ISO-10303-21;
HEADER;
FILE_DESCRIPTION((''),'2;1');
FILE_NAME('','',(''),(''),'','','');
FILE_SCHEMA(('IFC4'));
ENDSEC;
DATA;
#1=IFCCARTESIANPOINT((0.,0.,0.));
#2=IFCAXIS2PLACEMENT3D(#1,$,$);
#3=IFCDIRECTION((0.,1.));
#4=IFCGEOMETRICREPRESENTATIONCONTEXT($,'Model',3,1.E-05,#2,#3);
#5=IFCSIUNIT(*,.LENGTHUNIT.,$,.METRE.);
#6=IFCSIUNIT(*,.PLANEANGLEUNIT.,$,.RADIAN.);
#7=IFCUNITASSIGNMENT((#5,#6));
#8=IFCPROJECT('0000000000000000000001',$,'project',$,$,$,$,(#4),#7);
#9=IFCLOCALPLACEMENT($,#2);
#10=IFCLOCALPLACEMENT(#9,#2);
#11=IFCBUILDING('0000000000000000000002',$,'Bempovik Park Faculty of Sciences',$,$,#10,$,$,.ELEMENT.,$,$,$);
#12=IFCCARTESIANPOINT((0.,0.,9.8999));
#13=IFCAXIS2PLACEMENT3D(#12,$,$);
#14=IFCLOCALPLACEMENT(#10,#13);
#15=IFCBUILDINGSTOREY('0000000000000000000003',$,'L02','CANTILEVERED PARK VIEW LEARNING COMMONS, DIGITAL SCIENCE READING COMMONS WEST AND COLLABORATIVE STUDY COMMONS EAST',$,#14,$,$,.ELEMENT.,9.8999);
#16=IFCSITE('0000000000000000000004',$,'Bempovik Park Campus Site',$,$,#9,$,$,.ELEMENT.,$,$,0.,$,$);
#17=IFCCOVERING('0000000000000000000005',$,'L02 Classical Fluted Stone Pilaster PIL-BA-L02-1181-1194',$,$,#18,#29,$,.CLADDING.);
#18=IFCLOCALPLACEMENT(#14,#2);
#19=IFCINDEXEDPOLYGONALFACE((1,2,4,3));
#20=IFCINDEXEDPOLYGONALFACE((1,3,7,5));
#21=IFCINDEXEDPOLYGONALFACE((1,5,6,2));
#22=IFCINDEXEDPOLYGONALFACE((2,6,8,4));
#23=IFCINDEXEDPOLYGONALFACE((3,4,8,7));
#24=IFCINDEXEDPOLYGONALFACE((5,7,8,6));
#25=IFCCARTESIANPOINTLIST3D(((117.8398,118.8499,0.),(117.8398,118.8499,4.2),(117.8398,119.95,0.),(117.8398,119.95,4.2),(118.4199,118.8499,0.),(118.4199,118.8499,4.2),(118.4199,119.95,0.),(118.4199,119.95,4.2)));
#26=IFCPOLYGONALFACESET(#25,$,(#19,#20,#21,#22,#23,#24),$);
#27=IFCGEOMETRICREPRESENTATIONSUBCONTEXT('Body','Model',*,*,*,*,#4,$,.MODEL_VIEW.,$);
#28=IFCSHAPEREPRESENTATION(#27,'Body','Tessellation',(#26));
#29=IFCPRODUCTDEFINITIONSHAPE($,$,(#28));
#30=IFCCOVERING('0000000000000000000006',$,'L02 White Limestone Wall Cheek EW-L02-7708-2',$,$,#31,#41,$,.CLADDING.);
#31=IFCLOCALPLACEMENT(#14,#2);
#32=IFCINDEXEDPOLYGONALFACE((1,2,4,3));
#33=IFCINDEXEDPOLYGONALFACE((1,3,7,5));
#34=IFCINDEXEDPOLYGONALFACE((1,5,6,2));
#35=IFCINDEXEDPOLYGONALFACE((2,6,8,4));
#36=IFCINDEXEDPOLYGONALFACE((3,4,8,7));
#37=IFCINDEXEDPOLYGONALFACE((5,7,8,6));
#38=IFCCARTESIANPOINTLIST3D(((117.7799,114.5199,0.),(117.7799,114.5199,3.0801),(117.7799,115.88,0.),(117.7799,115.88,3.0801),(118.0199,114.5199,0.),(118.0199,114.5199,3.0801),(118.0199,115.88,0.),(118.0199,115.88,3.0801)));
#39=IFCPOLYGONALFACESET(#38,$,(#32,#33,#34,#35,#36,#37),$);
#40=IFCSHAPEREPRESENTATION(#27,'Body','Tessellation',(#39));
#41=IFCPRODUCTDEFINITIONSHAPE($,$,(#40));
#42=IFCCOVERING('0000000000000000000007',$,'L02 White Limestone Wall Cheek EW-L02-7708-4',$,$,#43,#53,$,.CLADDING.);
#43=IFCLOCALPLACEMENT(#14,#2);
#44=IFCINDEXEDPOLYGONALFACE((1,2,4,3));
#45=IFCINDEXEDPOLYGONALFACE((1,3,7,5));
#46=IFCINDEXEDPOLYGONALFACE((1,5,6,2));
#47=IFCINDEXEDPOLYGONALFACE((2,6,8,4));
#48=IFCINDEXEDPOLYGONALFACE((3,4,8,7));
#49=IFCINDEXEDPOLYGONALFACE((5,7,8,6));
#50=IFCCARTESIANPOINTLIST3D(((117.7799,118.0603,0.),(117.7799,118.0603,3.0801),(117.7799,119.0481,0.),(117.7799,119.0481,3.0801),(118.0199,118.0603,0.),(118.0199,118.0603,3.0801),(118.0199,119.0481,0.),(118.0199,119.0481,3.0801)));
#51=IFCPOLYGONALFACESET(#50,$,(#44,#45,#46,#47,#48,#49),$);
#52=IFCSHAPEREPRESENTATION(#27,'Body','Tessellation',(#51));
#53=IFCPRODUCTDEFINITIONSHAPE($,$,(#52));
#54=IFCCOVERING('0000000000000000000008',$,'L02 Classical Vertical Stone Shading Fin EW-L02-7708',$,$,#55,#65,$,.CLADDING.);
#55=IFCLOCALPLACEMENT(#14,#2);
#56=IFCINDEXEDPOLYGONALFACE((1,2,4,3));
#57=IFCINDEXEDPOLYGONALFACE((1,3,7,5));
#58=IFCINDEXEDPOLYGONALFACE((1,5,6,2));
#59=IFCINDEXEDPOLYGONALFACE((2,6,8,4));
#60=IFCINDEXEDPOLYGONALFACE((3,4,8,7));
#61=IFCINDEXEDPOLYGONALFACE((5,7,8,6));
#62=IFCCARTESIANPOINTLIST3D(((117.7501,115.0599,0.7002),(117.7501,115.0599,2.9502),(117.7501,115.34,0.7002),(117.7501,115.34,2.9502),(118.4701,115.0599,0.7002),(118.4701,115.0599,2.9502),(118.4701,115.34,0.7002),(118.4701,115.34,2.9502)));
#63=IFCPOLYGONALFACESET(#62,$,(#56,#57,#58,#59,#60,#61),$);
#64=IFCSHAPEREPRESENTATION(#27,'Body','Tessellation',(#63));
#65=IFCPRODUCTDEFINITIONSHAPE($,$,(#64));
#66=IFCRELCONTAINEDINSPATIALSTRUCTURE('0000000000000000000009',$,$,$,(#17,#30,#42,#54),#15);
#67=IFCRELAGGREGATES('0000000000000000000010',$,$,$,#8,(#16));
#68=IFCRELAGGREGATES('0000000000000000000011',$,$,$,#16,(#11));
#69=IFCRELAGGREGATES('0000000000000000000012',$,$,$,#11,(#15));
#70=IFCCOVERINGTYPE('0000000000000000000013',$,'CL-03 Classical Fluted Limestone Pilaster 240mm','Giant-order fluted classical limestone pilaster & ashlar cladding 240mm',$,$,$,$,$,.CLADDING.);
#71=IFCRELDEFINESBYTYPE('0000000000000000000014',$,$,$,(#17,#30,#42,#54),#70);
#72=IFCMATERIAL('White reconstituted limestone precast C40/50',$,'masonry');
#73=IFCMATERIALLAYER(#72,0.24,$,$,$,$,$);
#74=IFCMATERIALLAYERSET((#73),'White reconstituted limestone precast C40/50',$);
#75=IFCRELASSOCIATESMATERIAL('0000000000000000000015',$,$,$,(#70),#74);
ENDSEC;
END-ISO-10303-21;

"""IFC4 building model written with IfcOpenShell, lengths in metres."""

from ifc_helpers import new_model, si_unit, direction, frame, origin, origin_2d, place, context, subcontext, project, spatial, rectangle, extrude, material, layer, layer_set, type_object, element, save


model = new_model("IFC4")

# Units and contexts
model_context = context("Model", 3, precision=1e-05, world=origin(), true_north=direction((0.0, 1.0)))
body_context = subcontext(model_context, "Body", "Model", "MODEL_VIEW")
ifc_project = project(units=[si_unit("LENGTHUNIT", "METRE"), si_unit("PLANEANGLEUNIT", "RADIAN")], contexts=[model_context])

# Site, building, storey
site_placement = place(None, origin())
site = spatial("IfcSite", under=ifc_project, at=site_placement, Name="Bempovik Park Campus Site", CompositionType="ELEMENT", RefElevation=0.0)
building_placement = place(site_placement, origin())
building = spatial("IfcBuilding", under=site, at=building_placement, Name="Bempovik Park Faculty of Sciences", CompositionType="ELEMENT")
storey_placement = place(building_placement, frame((0.0, 0.0, 9.8999)))
storey = spatial("IfcBuildingStorey", under=building, at=storey_placement, Name="L02", Description="CANTILEVERED PARK VIEW LEARNING COMMONS, DIGITAL SCIENCE READING COMMONS WEST AND COLLABORATIVE STUDY COMMONS EAST", CompositionType="ELEMENT", Elevation=9.8999)

# Coverings
ifc_material_1 = material(Name="White reconstituted limestone precast C40/50", Category="masonry")
ifc_layer_1 = layer(ifc_material_1, 0.24)
ifc_layer_set_1 = layer_set([ifc_layer_1], Name="White reconstituted limestone precast C40/50")
covering_type_1 = type_object("IfcCoveringType", Name="CL-03 Classical Fluted Limestone Pilaster 240mm", Description="Giant-order fluted classical limestone pilaster & ashlar cladding 240mm", PredefinedType="CLADDING", material=ifc_layer_set_1)
covering_1_placement = place(storey_placement, frame((118.1299, 119.3999, 0.0), z_axis=(0.0, 0.0, 1.0), x_axis=(1.0, 0.0, 0.0)))
element("IfcCovering", 1, at=covering_1_placement, inside=storey, type_object=covering_type_1, Name="L02 Classical Fluted Stone Pilaster PIL-BA-L02-1181-1194", PredefinedType="CLADDING", context=body_context, shape_type="SweptSolid", body=[
    extrude(rectangle(XDim=0.5801, YDim=1.1001, at=origin_2d()), origin(), (0.0, 0.0, 1.0), 4.2),
])
covering_2_placement = place(storey_placement, frame((117.8999, 115.2, 0.0), z_axis=(0.0, 0.0, 1.0), x_axis=(1.0, 0.0, 0.0)))
element("IfcCovering", 2, at=covering_2_placement, inside=storey, type_object=covering_type_1, Name="L02 White Limestone Wall Cheek EW-L02-7708-2", PredefinedType="CLADDING", context=body_context, shape_type="SweptSolid", body=[
    extrude(rectangle(XDim=0.24, YDim=1.3601, at=origin_2d()), origin(), (0.0, 0.0, 1.0), 3.0801),
])
covering_3_placement = place(storey_placement, frame((117.8999, 118.5542, 0.0), z_axis=(0.0, 0.0, 1.0), x_axis=(1.0, 0.0, 0.0)))
element("IfcCovering", 3, at=covering_3_placement, inside=storey, type_object=covering_type_1, Name="L02 White Limestone Wall Cheek EW-L02-7708-4", PredefinedType="CLADDING", context=body_context, shape_type="SweptSolid", body=[
    extrude(rectangle(XDim=0.24, YDim=0.9878, at=origin_2d()), origin(), (0.0, 0.0, 1.0), 3.0801),
])
covering_4_placement = place(storey_placement, frame((118.1101, 115.2, 0.7002), z_axis=(0.0, 0.0, 1.0), x_axis=(1.0, 0.0, 0.0)))
element("IfcCovering", 4, at=covering_4_placement, inside=storey, type_object=covering_type_1, Name="L02 Classical Vertical Stone Shading Fin EW-L02-7708", PredefinedType="CLADDING", context=body_context, shape_type="SweptSolid", body=[
    extrude(rectangle(XDim=0.72, YDim=0.28, at=origin_2d()), origin(), (0.0, 0.0, 1.0), 2.25),
])

save(model, "model.ifc")
